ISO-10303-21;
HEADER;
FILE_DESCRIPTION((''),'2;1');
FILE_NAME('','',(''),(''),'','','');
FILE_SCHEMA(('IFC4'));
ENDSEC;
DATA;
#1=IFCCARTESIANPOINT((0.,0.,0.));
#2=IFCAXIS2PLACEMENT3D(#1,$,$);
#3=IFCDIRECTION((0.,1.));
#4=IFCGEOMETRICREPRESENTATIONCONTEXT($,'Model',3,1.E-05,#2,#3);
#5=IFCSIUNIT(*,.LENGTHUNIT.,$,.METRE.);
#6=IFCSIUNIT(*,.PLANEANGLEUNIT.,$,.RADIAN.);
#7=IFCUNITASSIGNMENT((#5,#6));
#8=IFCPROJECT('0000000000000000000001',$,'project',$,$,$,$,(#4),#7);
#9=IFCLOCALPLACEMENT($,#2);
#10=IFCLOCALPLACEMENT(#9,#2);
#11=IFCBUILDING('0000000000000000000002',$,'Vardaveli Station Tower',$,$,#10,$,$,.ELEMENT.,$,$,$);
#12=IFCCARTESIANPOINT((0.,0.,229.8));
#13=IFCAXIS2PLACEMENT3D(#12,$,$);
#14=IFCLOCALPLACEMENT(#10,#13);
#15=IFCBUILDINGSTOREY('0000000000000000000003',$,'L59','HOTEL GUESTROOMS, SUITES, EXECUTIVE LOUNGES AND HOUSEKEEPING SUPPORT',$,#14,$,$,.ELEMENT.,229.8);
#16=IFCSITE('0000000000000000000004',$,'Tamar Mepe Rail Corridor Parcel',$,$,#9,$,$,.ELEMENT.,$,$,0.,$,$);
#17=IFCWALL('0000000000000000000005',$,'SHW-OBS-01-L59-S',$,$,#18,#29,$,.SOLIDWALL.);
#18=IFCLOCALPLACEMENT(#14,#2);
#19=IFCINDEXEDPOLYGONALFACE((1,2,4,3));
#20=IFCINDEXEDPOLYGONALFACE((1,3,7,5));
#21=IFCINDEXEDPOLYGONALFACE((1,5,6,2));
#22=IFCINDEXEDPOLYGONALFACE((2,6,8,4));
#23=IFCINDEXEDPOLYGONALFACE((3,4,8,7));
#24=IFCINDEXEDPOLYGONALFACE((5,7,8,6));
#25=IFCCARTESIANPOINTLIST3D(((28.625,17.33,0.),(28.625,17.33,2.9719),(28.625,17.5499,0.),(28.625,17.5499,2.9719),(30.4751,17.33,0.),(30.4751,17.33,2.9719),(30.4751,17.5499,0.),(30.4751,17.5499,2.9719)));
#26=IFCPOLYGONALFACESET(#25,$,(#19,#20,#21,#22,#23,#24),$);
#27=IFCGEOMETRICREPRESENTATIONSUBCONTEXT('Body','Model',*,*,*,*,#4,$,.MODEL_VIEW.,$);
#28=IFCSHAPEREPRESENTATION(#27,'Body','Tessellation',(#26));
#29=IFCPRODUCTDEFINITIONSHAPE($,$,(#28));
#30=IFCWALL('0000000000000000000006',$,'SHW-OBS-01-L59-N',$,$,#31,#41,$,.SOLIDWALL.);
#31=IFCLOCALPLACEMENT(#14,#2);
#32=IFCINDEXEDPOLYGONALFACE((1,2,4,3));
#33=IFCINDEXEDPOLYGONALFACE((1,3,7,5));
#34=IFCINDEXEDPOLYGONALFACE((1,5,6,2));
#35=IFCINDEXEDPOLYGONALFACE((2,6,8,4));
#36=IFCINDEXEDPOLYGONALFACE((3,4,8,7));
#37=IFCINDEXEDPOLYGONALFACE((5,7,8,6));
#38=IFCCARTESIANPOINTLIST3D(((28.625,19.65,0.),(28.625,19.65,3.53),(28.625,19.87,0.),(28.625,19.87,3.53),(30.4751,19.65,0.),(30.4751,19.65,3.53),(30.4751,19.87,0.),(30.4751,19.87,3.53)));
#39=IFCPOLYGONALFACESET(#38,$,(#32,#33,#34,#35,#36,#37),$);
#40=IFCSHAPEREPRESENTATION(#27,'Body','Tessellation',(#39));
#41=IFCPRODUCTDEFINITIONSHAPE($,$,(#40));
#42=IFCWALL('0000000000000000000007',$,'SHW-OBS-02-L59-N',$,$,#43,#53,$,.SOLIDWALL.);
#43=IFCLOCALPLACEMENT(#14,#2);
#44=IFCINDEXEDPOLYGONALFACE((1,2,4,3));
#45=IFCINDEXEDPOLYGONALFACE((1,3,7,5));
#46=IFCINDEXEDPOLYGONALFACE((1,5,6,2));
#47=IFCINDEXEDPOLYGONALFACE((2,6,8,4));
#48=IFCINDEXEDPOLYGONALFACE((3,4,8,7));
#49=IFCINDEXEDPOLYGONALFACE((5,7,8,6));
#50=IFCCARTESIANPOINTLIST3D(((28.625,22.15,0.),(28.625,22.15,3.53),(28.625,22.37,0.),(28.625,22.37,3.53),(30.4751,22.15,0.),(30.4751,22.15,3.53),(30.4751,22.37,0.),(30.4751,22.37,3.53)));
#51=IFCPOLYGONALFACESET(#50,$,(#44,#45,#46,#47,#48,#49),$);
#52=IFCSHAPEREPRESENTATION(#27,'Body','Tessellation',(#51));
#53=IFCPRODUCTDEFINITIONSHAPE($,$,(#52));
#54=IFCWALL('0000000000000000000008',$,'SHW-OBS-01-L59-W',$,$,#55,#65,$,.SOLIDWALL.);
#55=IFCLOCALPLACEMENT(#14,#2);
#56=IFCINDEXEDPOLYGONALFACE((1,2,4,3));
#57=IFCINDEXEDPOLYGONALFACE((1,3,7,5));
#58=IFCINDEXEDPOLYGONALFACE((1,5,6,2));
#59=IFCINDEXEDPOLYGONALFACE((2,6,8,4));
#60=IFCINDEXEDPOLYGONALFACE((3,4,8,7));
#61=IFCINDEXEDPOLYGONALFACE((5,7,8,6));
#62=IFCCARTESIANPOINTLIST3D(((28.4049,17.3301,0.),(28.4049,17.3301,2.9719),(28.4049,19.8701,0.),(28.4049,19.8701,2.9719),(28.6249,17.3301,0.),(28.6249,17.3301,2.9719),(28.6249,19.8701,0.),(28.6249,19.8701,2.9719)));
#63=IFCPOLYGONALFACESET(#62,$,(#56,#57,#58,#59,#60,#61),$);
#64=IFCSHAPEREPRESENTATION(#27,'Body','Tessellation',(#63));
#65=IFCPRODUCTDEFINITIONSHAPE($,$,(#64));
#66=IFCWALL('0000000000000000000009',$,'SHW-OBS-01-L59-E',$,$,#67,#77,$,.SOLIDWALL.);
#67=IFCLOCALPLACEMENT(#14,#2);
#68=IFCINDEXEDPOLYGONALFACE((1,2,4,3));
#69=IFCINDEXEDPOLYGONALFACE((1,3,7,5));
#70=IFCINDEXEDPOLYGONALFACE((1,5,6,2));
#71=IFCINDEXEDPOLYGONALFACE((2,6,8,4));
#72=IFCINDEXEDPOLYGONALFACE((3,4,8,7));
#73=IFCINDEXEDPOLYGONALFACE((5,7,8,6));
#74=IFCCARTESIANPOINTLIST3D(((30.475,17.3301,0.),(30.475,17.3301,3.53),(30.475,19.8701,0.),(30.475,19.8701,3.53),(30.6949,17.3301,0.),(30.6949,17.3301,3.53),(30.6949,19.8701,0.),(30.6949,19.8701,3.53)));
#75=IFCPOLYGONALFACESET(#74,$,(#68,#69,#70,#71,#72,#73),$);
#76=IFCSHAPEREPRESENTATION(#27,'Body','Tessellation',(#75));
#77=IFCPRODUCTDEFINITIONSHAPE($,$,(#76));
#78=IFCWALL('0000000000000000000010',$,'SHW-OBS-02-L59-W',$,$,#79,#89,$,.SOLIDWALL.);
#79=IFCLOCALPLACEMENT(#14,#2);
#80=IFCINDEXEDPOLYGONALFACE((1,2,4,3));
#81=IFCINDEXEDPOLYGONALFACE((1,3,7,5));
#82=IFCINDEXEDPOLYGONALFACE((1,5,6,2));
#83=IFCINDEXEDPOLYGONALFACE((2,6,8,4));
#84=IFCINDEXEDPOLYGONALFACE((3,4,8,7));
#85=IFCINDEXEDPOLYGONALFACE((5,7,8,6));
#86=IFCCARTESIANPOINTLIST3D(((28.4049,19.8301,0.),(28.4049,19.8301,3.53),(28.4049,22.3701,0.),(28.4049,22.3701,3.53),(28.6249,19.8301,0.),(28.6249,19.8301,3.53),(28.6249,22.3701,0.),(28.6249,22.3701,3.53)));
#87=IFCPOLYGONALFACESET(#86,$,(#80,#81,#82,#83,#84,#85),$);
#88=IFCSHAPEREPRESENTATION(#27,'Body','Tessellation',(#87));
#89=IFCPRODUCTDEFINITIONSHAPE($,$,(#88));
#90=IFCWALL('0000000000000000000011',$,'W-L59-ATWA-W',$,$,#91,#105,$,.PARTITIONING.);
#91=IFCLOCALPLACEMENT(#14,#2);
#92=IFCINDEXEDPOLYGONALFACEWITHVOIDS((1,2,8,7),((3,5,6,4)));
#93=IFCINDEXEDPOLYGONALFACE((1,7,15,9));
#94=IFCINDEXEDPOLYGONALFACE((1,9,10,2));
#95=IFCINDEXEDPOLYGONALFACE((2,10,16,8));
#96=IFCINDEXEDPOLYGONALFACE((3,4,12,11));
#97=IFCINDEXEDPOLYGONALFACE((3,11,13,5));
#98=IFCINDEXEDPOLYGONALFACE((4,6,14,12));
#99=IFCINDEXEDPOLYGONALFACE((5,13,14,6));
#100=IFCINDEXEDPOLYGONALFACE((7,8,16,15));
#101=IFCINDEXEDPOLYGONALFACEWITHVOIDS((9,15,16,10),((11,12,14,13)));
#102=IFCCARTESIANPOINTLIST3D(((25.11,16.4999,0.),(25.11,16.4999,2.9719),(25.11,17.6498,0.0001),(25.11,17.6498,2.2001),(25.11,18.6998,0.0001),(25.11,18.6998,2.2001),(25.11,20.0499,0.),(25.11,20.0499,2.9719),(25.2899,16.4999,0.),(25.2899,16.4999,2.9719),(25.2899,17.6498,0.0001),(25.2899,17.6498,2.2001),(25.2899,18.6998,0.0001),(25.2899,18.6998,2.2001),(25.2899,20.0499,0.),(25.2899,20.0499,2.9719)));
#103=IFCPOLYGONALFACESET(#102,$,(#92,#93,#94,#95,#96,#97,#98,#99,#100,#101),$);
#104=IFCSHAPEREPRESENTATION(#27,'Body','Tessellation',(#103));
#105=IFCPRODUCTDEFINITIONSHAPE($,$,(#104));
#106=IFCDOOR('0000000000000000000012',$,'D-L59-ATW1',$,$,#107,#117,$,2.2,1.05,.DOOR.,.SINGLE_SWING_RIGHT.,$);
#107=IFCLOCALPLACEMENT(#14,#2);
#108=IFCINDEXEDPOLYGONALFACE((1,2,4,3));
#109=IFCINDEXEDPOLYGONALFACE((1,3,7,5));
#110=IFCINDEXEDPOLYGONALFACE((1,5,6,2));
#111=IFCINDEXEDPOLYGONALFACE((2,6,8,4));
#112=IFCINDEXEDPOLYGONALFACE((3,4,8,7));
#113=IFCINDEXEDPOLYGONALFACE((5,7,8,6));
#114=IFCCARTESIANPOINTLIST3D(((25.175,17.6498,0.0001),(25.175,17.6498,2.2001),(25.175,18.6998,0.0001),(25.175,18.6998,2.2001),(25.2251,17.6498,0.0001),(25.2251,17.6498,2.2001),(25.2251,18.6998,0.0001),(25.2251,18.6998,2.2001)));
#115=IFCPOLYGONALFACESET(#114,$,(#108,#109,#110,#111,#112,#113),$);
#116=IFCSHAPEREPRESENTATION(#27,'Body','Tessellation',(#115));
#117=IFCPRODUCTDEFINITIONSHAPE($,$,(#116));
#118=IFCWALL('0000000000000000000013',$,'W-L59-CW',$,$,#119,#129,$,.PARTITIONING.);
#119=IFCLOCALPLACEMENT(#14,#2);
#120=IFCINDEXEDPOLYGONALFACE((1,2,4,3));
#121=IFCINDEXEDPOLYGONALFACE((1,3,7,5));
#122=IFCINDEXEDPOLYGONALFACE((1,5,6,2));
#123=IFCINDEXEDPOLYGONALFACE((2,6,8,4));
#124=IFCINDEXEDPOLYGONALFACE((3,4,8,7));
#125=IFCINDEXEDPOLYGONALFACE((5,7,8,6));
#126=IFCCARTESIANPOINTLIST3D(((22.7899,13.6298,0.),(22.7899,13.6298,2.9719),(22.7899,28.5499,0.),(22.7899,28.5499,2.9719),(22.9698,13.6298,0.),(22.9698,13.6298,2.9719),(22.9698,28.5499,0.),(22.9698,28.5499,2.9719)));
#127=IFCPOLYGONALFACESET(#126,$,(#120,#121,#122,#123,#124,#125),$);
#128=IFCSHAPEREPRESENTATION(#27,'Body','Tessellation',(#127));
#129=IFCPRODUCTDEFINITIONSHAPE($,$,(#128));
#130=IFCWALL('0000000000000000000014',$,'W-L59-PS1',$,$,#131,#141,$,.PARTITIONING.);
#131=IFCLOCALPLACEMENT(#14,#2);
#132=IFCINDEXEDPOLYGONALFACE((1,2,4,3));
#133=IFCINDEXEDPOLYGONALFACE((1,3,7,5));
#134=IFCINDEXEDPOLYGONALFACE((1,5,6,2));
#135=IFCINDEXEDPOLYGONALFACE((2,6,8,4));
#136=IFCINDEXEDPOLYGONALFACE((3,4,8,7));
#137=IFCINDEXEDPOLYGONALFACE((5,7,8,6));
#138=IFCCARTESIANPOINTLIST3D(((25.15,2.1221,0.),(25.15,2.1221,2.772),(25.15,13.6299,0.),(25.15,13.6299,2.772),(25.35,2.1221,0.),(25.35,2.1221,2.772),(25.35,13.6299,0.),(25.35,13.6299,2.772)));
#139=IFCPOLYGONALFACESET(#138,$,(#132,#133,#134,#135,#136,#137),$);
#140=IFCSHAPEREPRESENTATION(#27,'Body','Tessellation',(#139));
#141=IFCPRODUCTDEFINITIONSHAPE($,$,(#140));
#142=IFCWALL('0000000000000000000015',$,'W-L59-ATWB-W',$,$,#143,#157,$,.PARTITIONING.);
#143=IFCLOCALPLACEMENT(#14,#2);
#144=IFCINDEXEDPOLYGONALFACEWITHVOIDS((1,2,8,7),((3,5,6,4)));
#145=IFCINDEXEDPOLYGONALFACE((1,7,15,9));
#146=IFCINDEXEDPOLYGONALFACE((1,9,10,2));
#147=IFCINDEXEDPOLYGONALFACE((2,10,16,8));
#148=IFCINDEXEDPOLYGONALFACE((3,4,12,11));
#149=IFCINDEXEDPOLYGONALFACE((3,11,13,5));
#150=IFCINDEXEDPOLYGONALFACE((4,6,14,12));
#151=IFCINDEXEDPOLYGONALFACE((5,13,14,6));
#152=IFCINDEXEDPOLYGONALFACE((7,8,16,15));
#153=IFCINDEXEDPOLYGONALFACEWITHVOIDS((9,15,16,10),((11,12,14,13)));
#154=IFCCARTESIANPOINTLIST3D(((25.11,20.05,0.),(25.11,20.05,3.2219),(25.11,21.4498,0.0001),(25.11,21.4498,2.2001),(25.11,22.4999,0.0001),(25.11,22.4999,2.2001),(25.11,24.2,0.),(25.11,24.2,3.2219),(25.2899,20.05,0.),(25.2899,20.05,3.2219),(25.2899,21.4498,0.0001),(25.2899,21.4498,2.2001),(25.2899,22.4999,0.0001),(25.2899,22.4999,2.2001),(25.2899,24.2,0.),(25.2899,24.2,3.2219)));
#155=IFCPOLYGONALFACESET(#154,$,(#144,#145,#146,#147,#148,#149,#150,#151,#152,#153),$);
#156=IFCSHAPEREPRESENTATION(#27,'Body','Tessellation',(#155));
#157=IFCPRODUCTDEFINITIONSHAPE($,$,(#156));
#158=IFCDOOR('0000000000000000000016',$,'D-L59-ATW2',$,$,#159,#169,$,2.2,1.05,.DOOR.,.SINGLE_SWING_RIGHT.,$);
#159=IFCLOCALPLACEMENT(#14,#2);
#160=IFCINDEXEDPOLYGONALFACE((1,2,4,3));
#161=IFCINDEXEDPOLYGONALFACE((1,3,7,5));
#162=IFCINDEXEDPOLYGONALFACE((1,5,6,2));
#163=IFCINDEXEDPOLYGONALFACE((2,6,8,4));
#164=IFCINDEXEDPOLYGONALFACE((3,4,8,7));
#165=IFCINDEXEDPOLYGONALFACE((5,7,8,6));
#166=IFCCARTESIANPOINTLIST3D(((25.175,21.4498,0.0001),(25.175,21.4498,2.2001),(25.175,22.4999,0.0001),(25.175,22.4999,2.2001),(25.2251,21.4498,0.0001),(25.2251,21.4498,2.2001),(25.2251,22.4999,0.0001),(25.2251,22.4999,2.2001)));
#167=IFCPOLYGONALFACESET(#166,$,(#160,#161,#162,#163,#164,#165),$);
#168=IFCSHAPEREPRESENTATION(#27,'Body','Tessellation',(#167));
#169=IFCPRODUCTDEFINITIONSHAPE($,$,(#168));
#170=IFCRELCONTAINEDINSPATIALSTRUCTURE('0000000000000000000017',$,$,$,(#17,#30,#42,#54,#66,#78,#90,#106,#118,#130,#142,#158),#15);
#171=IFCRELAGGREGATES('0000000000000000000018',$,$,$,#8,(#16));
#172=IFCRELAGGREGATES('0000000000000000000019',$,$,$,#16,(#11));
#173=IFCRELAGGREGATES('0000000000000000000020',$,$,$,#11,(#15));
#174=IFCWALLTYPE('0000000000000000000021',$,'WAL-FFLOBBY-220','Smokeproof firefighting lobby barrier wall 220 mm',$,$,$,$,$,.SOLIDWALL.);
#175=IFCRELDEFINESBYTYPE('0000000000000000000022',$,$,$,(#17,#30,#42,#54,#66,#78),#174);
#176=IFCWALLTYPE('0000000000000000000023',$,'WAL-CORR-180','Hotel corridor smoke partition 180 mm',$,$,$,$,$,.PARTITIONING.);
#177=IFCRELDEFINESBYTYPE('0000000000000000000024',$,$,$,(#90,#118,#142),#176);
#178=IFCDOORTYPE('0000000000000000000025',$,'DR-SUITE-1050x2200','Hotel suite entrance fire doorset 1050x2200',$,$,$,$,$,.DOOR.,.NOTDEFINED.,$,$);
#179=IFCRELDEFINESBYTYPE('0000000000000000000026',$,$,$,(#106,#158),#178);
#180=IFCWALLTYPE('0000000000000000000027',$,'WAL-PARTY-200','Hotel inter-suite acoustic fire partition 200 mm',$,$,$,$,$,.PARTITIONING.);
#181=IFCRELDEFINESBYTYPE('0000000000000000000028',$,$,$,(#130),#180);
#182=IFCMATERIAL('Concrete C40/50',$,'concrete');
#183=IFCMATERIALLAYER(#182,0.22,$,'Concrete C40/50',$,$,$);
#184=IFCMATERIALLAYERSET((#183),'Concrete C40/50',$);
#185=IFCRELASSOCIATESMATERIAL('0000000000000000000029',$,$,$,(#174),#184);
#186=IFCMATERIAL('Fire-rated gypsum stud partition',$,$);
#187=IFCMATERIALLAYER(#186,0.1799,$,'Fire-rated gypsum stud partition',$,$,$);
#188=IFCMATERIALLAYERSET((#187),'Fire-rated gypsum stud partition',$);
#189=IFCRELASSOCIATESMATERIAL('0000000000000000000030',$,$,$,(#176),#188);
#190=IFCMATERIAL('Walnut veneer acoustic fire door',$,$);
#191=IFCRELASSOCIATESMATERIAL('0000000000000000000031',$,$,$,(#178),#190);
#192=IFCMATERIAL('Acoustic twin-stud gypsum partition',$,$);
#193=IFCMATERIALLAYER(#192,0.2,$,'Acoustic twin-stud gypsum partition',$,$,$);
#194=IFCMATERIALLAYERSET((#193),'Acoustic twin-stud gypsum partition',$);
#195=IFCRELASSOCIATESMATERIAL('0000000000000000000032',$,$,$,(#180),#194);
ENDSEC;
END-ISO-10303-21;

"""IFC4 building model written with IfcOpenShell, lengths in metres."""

from ifc_helpers import new_model, si_unit, direction, frame, frame_2d, origin, place, context, subcontext, project, spatial, rectangle, extrude, source, transform, mapped, material, layer, layer_set, type_object, element, fill, save


model = new_model("IFC4")

# Units and contexts
model_context = context("Model", 3, precision=1e-05, world=origin(), true_north=direction((0.0, 1.0)))
body_context = subcontext(model_context, "Body", "Model", "MODEL_VIEW")
ifc_project = project(units=[si_unit("LENGTHUNIT", "METRE"), si_unit("PLANEANGLEUNIT", "RADIAN")], contexts=[model_context])

# Site, building, storey
site_placement = place(None, origin())
site = spatial("IfcSite", under=ifc_project, at=site_placement, Name="Tamar Mepe Rail Corridor Parcel", CompositionType="ELEMENT", RefElevation=0.0)
building_placement = place(site_placement, origin())
building = spatial("IfcBuilding", under=site, at=building_placement, Name="Vardaveli Station Tower", CompositionType="ELEMENT")
storey_placement = place(building_placement, frame((0.0, 0.0, 229.8)))
storey = spatial("IfcBuildingStorey", under=building, at=storey_placement, Name="L59", Description="HOTEL GUESTROOMS, SUITES, EXECUTIVE LOUNGES AND HOUSEKEEPING SUPPORT", CompositionType="ELEMENT", Elevation=229.8)

# Walls
ifc_material_1 = material(Name="Concrete C40/50", Category="concrete")
ifc_layer_1 = layer(ifc_material_1, 0.22, Name="Concrete C40/50")
ifc_layer_set_1 = layer_set([ifc_layer_1], Name="Concrete C40/50")
wall_type_1 = type_object("IfcWallType", Name="WAL-FFLOBBY-220", Description="Smokeproof firefighting lobby barrier wall 220 mm", PredefinedType="SOLIDWALL", material=ifc_layer_set_1)
shared_shape_1 = source(origin(), body_context, "Body", "SweptSolid", [
    extrude(rectangle(XDim=1.8501, YDim=0.22, at=frame_2d((0.925, 0.0))), origin(), (0.0, 0.0, 1.0), 2.9719),
])
wall_1_placement = place(storey_placement, frame((28.625, 17.4399, 0.0), z_axis=(0.0, 0.0, 1.0), x_axis=(1.0, 0.0, 0.0)))
element("IfcWall", 1, at=wall_1_placement, inside=storey, type_object=wall_type_1, Name="SHW-OBS-01-L59-S", PredefinedType="SOLIDWALL", context=body_context, shape_type="MappedRepresentation", body=[
    mapped(shared_shape_1, transform((0.0, 0.0, 0.0), scale=1.0)),
])
shared_shape_2 = source(origin(), body_context, "Body", "SweptSolid", [
    extrude(rectangle(XDim=1.8501, YDim=0.22, at=frame_2d((0.925, 0.0))), origin(), (0.0, 0.0, 1.0), 3.53),
])
for number, where, z_axis, x_axis, name in (
    (2, (28.625, 19.76, 0.0), (0.0, 0.0, 1.0), (1.0, 0.0, 0.0), "SHW-OBS-01-L59-N"),
    (3, (28.625, 22.26, 0.0), (0.0, 0.0, 1.0), (1.0, 0.0, 0.0), "SHW-OBS-02-L59-N"),
):
    element("IfcWall", number, at=place(storey_placement, frame(where, z_axis=z_axis, x_axis=x_axis)), inside=storey, type_object=wall_type_1, Name=name, PredefinedType="SOLIDWALL", context=body_context, shape_type="MappedRepresentation", body=[
        mapped(shared_shape_2, transform((0.0, 0.0, 0.0), scale=1.0)),
    ])
shared_shape_3 = source(origin(), body_context, "Body", "SweptSolid", [
    extrude(rectangle(XDim=2.54, YDim=0.22, at=frame_2d((1.27, 0.0))), origin(), (0.0, 0.0, 1.0), 2.9719),
])
wall_2_placement = place(storey_placement, frame((28.5149, 17.3301, 0.0), z_axis=(0.0, 0.0, 1.0), x_axis=(0.0, 1.0, 0.0)))
element("IfcWall", 4, at=wall_2_placement, inside=storey, type_object=wall_type_1, Name="SHW-OBS-01-L59-W", PredefinedType="SOLIDWALL", context=body_context, shape_type="MappedRepresentation", body=[
    mapped(shared_shape_3, transform((0.0, 0.0, 0.0), scale=1.0)),
])
shared_shape_4 = source(origin(), body_context, "Body", "SweptSolid", [
    extrude(rectangle(XDim=2.54, YDim=0.22, at=frame_2d((1.27, 0.0))), origin(), (0.0, 0.0, 1.0), 3.53),
])
for number, where, z_axis, x_axis, name in (
    (5, (30.585, 17.3301, 0.0), (0.0, 0.0, 1.0), (0.0, 1.0, 0.0), "SHW-OBS-01-L59-E"),
    (6, (28.5149, 19.8301, 0.0), (0.0, 0.0, 1.0), (0.0, 1.0, 0.0), "SHW-OBS-02-L59-W"),
):
    element("IfcWall", number, at=place(storey_placement, frame(where, z_axis=z_axis, x_axis=x_axis)), inside=storey, type_object=wall_type_1, Name=name, PredefinedType="SOLIDWALL", context=body_context, shape_type="MappedRepresentation", body=[
        mapped(shared_shape_4, transform((0.0, 0.0, 0.0), scale=1.0)),
    ])

# Wall, opening, door
ifc_material_2 = material(Name="Fire-rated gypsum stud partition")
ifc_layer_2 = layer(ifc_material_2, 0.1799, Name="Fire-rated gypsum stud partition")
ifc_layer_set_2 = layer_set([ifc_layer_2], Name="Fire-rated gypsum stud partition")
wall_type_2 = type_object("IfcWallType", Name="WAL-CORR-180", Description="Hotel corridor smoke partition 180 mm", PredefinedType="PARTITIONING", material=ifc_layer_set_2)
shared_shape_5 = source(origin(), body_context, "Body", "SweptSolid", [
    extrude(rectangle(XDim=3.55, YDim=0.1799, at=frame_2d((1.7749, 0.0))), origin(), (0.0, 0.0, 1.0), 2.9719),
])
wall_3_placement = place(storey_placement, frame((25.2, 16.5, 0.0), z_axis=(0.0, 0.0, 1.0), x_axis=(0.0, 1.0, 0.0)))
wall_3 = element("IfcWall", 7, at=wall_3_placement, inside=storey, type_object=wall_type_2, Name="W-L59-ATWA-W", PredefinedType="PARTITIONING", context=body_context, shape_type="MappedRepresentation", body=[
    mapped(shared_shape_5, transform((0.0, 0.0, 0.0), scale=1.0)),
])
shared_shape_6 = source(origin(), body_context, "Body", "SweptSolid", [
    extrude(rectangle(XDim=1.05, YDim=2.2, at=frame_2d((0.5249, 1.1001))), frame((0.0, 0.1001, 0.0), z_axis=(0.0, -1.0, 0.0), x_axis=(1.0, 0.0, 0.0)), (0.0, 0.0, 1.0), 0.2),
])
opening_1_placement = place(wall_3_placement, frame((1.1499, 0.0, 0.0)))
opening_1 = element("IfcOpeningElement", 8, at=opening_1_placement, cuts=wall_3, PredefinedType="OPENING", context=body_context, shape_type="MappedRepresentation", body=[
    mapped(shared_shape_6, transform((0.0, 0.0, 0.0), scale=1.0)),
])
ifc_material_3 = material(Name="Walnut veneer acoustic fire door")
door_type_1 = type_object("IfcDoorType", Name="DR-SUITE-1050x2200", Description="Hotel suite entrance fire doorset 1050x2200", OperationType="NOTDEFINED", PredefinedType="DOOR", material=ifc_material_3)
shared_shape_7 = source(origin(), body_context, "Body", "SweptSolid", [
    extrude(rectangle(XDim=1.05, YDim=2.2, at=frame_2d((0.5249, 1.1001))), frame((0.0, 0.0249, 0.0), z_axis=(0.0, -1.0, 0.0), x_axis=(1.0, 0.0, 0.0)), (0.0, 0.0, 1.0), 0.05),
])
door_1_placement = place(opening_1_placement, origin())
door_1 = element("IfcDoor", 9, at=door_1_placement, inside=storey, type_object=door_type_1, Name="D-L59-ATW1", OperationType="SINGLE_SWING_RIGHT", OverallHeight=2.2, OverallWidth=1.05, PredefinedType="DOOR", context=body_context, shape_type="MappedRepresentation", body=[
    mapped(shared_shape_7, transform((0.0, 0.0, 0.0), scale=1.0)),
])
fill(opening_1, door_1)

# Walls
shared_shape_8 = source(origin(), body_context, "Body", "SweptSolid", [
    extrude(rectangle(XDim=14.9202, YDim=0.1799, at=frame_2d((7.46, 0.0))), origin(), (0.0, 0.0, 1.0), 2.9719),
])
wall_4_placement = place(storey_placement, frame((22.8799, 13.6299, 0.0), z_axis=(0.0, 0.0, 1.0), x_axis=(0.0, 1.0, 0.0)))
element("IfcWall", 10, at=wall_4_placement, inside=storey, type_object=wall_type_2, Name="W-L59-CW", PredefinedType="PARTITIONING", context=body_context, shape_type="MappedRepresentation", body=[
    mapped(shared_shape_8, transform((0.0, 0.0, 0.0), scale=1.0)),
])
ifc_material_4 = material(Name="Acoustic twin-stud gypsum partition")
ifc_layer_3 = layer(ifc_material_4, 0.2, Name="Acoustic twin-stud gypsum partition")
ifc_layer_set_3 = layer_set([ifc_layer_3], Name="Acoustic twin-stud gypsum partition")
wall_type_3 = type_object("IfcWallType", Name="WAL-PARTY-200", Description="Hotel inter-suite acoustic fire partition 200 mm", PredefinedType="PARTITIONING", material=ifc_layer_set_3)
shared_shape_9 = source(origin(), body_context, "Body", "SweptSolid", [
    extrude(rectangle(XDim=11.5078, YDim=0.2, at=frame_2d((5.7539, 0.0))), origin(), (0.0, 0.0, 1.0), 2.772),
])
wall_5_placement = place(storey_placement, frame((25.25, 2.1221, 0.0), z_axis=(0.0, 0.0, 1.0), x_axis=(0.0, 1.0, 0.0)))
element("IfcWall", 11, at=wall_5_placement, inside=storey, type_object=wall_type_3, Name="W-L59-PS1", PredefinedType="PARTITIONING", context=body_context, shape_type="MappedRepresentation", body=[
    mapped(shared_shape_9, transform((0.0, 0.0, 0.0), scale=1.0)),
])

# Wall, opening, door
shared_shape_10 = source(origin(), body_context, "Body", "SweptSolid", [
    extrude(rectangle(XDim=4.1499, YDim=0.1799, at=frame_2d((2.075, 0.0))), origin(), (0.0, 0.0, 1.0), 3.2219),
])
wall_6_placement = place(storey_placement, frame((25.2, 20.05, 0.0), z_axis=(0.0, 0.0, 1.0), x_axis=(0.0, 1.0, 0.0)))
wall_6 = element("IfcWall", 12, at=wall_6_placement, inside=storey, type_object=wall_type_2, Name="W-L59-ATWB-W", PredefinedType="PARTITIONING", context=body_context, shape_type="MappedRepresentation", body=[
    mapped(shared_shape_10, transform((0.0, 0.0, 0.0), scale=1.0)),
])
opening_2_placement = place(wall_6_placement, frame((1.3999, 0.0, 0.0)))
opening_2 = element("IfcOpeningElement", 13, at=opening_2_placement, cuts=wall_6, PredefinedType="OPENING", context=body_context, shape_type="MappedRepresentation", body=[
    mapped(shared_shape_6, transform((0.0, 0.0, 0.0), scale=1.0)),
])
door_2_placement = place(opening_2_placement, origin())
door_2 = element("IfcDoor", 14, at=door_2_placement, inside=storey, type_object=door_type_1, Name="D-L59-ATW2", OperationType="SINGLE_SWING_RIGHT", OverallHeight=2.2, OverallWidth=1.05, PredefinedType="DOOR", context=body_context, shape_type="MappedRepresentation", body=[
    mapped(shared_shape_7, transform((0.0, 0.0, 0.0), scale=1.0)),
])
fill(opening_2, door_2)

save(model, "model.ifc")
